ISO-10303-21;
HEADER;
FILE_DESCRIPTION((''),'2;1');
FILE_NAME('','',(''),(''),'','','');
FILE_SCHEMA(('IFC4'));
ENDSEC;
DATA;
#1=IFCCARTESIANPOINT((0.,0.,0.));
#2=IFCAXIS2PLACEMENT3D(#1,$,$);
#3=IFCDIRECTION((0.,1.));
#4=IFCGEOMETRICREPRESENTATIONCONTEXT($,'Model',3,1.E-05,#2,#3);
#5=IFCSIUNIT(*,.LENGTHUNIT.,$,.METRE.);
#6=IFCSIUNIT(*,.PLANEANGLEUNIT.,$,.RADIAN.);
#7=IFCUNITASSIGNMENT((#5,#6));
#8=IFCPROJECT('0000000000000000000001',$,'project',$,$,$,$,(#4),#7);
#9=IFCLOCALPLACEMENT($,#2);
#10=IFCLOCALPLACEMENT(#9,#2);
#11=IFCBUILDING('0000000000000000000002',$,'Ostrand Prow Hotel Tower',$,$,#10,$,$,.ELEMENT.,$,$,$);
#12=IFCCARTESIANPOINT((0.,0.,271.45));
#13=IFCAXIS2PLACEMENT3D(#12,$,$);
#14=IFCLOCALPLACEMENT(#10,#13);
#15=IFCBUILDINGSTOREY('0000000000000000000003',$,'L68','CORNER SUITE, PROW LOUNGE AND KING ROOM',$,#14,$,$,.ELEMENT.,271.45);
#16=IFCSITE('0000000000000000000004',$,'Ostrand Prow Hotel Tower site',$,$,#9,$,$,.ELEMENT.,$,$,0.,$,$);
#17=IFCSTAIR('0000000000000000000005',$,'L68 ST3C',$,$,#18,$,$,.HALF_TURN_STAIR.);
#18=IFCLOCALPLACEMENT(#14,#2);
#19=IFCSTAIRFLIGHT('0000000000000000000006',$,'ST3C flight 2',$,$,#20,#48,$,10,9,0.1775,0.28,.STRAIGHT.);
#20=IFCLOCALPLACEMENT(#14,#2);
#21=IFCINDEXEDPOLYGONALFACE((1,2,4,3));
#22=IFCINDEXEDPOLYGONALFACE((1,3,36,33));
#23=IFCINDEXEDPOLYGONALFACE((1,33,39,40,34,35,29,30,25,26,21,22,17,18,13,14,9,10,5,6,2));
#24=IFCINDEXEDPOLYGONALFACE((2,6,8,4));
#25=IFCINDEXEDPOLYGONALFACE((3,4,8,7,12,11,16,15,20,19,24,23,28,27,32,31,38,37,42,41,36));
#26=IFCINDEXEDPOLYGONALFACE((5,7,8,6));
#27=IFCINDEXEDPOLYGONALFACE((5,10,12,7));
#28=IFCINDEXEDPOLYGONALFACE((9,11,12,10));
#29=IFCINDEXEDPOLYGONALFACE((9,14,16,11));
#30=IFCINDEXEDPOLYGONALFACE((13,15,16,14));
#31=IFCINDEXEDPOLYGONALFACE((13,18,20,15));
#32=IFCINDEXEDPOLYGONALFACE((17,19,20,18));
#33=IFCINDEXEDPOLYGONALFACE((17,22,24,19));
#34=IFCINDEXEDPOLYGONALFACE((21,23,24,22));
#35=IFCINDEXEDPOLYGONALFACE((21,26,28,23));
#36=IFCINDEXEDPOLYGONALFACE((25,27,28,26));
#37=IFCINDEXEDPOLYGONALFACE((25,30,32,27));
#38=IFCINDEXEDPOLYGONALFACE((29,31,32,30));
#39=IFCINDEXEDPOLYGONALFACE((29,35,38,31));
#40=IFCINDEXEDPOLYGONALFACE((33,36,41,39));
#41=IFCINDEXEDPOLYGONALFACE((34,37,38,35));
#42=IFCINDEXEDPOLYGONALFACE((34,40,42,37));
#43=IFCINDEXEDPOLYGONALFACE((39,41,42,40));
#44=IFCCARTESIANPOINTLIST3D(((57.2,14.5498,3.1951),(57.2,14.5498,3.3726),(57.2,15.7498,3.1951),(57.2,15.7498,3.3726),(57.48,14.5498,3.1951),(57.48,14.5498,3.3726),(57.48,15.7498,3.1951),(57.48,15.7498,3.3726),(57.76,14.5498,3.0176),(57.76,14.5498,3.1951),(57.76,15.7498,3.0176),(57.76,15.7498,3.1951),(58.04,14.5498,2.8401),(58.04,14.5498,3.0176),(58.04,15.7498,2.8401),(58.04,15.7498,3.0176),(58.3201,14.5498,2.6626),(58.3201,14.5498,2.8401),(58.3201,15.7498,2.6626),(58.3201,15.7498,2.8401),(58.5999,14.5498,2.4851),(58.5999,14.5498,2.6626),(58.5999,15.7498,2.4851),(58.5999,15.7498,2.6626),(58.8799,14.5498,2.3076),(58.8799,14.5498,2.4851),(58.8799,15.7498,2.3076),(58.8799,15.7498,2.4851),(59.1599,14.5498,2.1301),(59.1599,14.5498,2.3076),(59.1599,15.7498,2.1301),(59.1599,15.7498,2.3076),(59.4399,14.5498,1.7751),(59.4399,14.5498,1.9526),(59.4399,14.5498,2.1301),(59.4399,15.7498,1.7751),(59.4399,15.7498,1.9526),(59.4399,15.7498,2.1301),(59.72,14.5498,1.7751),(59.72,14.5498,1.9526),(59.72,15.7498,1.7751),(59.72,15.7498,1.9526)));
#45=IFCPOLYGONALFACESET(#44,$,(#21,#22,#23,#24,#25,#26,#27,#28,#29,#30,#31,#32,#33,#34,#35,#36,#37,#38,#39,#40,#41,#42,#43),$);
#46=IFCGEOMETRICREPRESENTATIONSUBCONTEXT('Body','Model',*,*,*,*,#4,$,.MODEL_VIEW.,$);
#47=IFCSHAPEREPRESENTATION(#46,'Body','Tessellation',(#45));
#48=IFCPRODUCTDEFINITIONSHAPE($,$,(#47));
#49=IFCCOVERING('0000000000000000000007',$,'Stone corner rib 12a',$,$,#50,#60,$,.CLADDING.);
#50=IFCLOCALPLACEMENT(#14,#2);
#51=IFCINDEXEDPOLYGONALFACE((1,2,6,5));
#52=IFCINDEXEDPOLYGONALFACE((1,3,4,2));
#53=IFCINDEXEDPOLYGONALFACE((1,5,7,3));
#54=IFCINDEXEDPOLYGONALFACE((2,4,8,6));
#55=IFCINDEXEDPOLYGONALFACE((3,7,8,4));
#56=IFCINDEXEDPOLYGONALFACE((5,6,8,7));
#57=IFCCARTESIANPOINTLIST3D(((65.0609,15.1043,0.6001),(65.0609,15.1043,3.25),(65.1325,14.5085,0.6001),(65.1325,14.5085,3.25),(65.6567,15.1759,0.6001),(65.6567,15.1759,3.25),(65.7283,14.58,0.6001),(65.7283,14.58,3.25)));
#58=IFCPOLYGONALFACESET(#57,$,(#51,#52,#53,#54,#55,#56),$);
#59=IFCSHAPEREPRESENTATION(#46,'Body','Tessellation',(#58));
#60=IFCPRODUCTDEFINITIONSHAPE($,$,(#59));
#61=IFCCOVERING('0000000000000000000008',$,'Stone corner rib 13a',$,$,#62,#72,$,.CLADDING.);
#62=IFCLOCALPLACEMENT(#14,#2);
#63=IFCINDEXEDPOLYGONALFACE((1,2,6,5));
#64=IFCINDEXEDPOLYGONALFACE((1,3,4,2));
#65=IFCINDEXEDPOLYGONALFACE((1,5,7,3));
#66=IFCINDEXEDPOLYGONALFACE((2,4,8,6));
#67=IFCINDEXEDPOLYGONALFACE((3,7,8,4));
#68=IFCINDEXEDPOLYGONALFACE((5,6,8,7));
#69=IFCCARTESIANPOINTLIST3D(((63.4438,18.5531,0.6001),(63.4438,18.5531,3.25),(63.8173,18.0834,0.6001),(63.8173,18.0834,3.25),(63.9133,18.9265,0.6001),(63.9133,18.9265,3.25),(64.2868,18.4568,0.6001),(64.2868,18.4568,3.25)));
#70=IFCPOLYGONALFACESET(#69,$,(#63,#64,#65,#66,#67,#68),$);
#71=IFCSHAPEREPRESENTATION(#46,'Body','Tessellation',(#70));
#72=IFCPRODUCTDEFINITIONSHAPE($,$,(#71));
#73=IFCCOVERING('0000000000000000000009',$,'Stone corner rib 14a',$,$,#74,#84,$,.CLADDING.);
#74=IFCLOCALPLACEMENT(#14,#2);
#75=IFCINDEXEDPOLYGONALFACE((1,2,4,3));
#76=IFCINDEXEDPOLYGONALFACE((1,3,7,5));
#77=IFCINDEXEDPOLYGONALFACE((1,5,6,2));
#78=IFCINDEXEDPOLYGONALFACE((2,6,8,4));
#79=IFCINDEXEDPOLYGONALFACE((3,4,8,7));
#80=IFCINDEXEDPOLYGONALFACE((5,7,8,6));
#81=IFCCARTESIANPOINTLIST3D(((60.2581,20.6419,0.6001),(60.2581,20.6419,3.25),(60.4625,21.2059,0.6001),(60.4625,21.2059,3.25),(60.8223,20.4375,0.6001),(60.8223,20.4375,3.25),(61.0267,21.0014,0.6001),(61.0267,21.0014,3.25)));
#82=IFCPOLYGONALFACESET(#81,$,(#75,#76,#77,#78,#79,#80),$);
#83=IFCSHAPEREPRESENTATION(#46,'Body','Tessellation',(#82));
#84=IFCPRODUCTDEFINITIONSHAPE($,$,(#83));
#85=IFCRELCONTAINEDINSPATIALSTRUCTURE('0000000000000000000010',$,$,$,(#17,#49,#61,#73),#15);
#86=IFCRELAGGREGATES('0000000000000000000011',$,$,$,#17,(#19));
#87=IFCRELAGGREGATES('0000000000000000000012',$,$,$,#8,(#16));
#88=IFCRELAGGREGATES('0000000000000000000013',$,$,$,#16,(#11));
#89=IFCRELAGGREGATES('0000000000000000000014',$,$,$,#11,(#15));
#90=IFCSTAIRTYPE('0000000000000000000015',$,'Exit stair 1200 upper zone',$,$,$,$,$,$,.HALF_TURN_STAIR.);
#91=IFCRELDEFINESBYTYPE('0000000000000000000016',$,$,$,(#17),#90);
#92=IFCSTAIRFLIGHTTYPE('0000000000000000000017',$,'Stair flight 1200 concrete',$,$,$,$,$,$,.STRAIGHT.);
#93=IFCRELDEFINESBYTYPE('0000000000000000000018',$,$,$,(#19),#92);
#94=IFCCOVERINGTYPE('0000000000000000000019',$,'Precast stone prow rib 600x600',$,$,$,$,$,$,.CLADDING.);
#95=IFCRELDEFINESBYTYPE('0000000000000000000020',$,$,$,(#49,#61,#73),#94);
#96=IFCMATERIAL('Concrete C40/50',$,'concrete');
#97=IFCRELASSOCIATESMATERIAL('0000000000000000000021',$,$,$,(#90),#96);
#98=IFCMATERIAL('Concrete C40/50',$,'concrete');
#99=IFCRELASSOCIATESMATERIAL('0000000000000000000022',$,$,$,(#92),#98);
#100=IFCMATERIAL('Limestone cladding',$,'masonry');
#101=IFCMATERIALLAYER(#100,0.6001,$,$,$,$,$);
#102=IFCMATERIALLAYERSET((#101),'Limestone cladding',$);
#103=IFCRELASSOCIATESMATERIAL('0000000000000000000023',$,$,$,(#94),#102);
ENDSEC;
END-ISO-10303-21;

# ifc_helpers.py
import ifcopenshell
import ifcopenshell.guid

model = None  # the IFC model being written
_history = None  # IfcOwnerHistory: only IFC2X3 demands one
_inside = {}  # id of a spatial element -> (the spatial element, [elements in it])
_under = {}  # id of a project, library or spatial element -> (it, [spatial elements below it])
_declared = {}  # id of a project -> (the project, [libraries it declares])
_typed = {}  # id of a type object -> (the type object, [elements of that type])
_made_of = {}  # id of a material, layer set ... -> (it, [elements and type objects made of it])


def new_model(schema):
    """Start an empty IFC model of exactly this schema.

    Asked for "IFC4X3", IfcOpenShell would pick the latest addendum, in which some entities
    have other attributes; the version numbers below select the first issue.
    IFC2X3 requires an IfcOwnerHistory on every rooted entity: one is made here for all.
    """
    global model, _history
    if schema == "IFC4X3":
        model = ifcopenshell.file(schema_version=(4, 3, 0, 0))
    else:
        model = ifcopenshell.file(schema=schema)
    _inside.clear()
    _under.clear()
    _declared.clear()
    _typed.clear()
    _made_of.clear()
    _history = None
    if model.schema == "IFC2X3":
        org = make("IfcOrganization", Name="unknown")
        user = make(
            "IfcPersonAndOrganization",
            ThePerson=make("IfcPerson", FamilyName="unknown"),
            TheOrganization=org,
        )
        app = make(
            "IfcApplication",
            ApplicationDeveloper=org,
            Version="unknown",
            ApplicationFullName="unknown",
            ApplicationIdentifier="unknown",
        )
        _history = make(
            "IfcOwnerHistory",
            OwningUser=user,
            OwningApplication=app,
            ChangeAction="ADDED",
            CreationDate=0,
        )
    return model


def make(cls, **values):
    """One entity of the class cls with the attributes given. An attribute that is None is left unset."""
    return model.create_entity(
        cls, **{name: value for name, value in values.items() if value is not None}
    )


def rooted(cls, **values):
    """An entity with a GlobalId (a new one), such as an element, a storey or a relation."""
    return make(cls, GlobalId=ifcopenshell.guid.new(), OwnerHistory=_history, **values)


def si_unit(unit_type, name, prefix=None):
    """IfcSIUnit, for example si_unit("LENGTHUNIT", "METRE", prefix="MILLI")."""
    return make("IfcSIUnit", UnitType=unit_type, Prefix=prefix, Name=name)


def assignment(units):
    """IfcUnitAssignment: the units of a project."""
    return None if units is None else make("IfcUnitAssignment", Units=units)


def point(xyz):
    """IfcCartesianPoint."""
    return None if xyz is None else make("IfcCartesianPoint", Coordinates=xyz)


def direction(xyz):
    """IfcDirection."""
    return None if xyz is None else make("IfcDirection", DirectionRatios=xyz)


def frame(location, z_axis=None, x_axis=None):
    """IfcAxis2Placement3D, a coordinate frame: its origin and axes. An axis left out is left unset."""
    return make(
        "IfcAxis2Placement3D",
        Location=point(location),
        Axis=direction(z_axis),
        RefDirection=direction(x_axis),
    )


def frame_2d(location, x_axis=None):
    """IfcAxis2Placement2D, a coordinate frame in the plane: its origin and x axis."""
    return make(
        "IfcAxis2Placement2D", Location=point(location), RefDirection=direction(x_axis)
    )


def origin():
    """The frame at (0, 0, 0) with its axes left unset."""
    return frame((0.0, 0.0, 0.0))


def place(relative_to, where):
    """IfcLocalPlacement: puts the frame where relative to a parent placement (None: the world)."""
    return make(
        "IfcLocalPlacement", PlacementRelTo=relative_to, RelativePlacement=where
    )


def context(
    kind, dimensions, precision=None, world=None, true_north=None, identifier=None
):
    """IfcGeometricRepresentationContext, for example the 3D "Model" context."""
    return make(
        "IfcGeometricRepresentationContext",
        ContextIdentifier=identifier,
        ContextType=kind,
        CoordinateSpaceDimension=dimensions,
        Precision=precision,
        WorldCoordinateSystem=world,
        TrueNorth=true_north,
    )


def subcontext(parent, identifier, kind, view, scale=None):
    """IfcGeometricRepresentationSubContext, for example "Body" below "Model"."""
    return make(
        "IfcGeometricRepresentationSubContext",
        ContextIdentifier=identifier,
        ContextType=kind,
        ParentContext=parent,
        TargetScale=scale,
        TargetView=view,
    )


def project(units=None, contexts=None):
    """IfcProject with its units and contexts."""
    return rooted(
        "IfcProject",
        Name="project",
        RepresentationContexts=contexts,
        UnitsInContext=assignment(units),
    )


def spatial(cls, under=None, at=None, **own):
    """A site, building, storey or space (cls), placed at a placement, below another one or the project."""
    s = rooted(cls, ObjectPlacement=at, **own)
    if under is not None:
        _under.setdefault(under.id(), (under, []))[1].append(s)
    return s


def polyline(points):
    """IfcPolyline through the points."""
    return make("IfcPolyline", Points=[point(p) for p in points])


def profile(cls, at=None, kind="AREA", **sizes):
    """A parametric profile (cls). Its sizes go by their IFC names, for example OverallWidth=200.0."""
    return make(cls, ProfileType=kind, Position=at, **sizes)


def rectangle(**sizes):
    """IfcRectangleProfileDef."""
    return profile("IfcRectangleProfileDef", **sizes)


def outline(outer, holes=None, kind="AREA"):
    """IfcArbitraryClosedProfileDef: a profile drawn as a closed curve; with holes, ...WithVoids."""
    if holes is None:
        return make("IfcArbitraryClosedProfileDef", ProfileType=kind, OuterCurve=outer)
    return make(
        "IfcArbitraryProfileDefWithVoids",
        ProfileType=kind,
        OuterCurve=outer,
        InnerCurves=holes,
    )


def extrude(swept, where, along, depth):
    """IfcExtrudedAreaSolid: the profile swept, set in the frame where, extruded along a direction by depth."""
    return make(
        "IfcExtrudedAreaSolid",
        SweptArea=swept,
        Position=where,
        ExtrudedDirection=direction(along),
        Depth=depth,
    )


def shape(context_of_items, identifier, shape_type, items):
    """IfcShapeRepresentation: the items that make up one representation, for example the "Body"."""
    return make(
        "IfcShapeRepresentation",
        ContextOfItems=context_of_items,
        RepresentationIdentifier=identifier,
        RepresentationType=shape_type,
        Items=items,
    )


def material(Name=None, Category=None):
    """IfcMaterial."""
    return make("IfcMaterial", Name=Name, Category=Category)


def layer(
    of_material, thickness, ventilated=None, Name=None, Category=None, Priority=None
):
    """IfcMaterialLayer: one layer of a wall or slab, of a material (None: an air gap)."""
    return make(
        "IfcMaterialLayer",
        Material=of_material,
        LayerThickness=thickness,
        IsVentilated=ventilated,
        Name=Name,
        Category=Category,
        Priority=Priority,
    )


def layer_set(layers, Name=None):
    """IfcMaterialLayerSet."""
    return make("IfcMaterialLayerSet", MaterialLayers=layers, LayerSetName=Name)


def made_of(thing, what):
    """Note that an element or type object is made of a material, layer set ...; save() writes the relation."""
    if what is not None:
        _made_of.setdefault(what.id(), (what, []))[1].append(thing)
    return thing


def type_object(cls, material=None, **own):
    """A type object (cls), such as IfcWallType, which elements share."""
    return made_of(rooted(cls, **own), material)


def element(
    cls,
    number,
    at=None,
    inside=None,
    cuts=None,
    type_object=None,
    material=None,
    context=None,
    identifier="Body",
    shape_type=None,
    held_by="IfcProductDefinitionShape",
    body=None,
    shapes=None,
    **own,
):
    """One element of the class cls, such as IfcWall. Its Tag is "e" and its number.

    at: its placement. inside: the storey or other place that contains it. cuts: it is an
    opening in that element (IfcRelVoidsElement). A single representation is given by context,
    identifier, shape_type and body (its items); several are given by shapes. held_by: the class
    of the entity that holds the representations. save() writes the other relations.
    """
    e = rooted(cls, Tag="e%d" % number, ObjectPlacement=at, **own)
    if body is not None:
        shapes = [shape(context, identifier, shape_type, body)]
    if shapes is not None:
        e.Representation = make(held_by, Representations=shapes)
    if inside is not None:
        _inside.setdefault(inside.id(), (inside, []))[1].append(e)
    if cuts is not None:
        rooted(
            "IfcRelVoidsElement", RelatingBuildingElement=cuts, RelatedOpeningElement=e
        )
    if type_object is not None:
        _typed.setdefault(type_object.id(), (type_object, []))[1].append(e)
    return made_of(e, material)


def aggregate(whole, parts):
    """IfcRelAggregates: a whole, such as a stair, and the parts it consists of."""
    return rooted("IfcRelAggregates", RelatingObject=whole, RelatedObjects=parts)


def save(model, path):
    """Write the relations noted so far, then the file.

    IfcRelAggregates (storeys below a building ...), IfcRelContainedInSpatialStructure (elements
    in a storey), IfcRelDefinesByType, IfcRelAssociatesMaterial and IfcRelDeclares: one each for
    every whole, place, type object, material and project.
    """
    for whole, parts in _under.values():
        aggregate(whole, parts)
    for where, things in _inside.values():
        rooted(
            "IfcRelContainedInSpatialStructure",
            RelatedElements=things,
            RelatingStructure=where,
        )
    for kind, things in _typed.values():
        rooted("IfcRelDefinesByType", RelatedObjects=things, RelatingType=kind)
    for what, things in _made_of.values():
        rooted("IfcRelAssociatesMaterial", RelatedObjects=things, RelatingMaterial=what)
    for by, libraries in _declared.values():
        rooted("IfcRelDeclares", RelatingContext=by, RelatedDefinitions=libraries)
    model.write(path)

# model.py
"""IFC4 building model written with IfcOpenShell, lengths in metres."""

from ifc_helpers import new_model, si_unit, direction, frame, frame_2d, origin, place, context, subcontext, project, spatial, polyline, rectangle, outline, extrude, material, layer, layer_set, type_object, element, aggregate, save


model = new_model("IFC4")

# Units and contexts
model_context = context("Model", 3, precision=1e-05, world=origin(), true_north=direction((0.0, 1.0)))
body_context = subcontext(model_context, "Body", "Model", "MODEL_VIEW")
ifc_project = project(units=[si_unit("LENGTHUNIT", "METRE"), si_unit("PLANEANGLEUNIT", "RADIAN")], contexts=[model_context])

# Site, building, storey
site_placement = place(None, origin())
site = spatial("IfcSite", under=ifc_project, at=site_placement, Name="Ostrand Prow Hotel Tower site", CompositionType="ELEMENT", RefElevation=0.0)
building_placement = place(site_placement, origin())
building = spatial("IfcBuilding", under=site, at=building_placement, Name="Ostrand Prow Hotel Tower", CompositionType="ELEMENT")
storey_placement = place(building_placement, frame((0.0, 0.0, 271.45)))
storey = spatial("IfcBuildingStorey", under=building, at=storey_placement, Name="L68", Description="CORNER SUITE, PROW LOUNGE AND KING ROOM", CompositionType="ELEMENT", Elevation=271.45)

# Stair, stair flight
ifc_material_1 = material(Name="Concrete C40/50", Category="concrete")
stair_type = type_object("IfcStairType", Name="Exit stair 1200 upper zone", PredefinedType="HALF_TURN_STAIR", material=ifc_material_1)
ifc_material_2 = material(Name="Concrete C40/50", Category="concrete")
stair_flight_type = type_object("IfcStairFlightType", Name="Stair flight 1200 concrete", PredefinedType="STRAIGHT", material=ifc_material_2)
stair_1_placement = place(storey_placement, origin())
stair_1 = element("IfcStair", 1, at=stair_1_placement, inside=storey, type_object=stair_type, Name="L68 ST3C", PredefinedType="HALF_TURN_STAIR")
stair_flight_1_placement = place(storey_placement, frame((59.72, 15.1499, 1.7751), z_axis=(0.0, 0.0, 1.0), x_axis=(-1.0, 0.0, 0.0)))
stair_flight_1 = element("IfcStairFlight", 2, at=stair_flight_1_placement, type_object=stair_flight_type, Name="ST3C flight 2", NumberOfRisers=10, NumberOfTreads=9, PredefinedType="STRAIGHT", RiserHeight=0.1775, TreadLength=0.28, context=body_context, shape_type="SweptSolid", body=[
    extrude(outline(polyline([(0.0, 0.0), (0.0, 0.1775), (0.28, 0.1775), (0.28, 0.355), (0.5601, 0.355), (0.5601, 0.5325), (0.8401, 0.5325), (0.8401, 0.71), (1.1201, 0.71), (1.1201, 0.8875), (1.3999, 0.8875), (1.3999, 1.0649), (1.6799, 1.0649), (1.6799, 1.2424), (1.96, 1.2424), (1.96, 1.4199), (2.24, 1.4199), (2.24, 1.5974), (2.52, 1.5974), (2.52, 1.7749), (2.52, 1.4199), (0.28, 0.0), (0.0, 0.0)])), frame((0.0, 0.6001, 0.0), z_axis=(0.0, -1.0, 0.0), x_axis=(1.0, 0.0, 0.0)), (0.0, 0.0, 1.0), 1.2),
])
aggregate(stair_1, [stair_flight_1])

# Coverings
ifc_material_3 = material(Name="Limestone cladding", Category="masonry")
ifc_layer_1 = layer(ifc_material_3, 0.6001)
ifc_layer_set_1 = layer_set([ifc_layer_1], Name="Limestone cladding")
covering_type = type_object("IfcCoveringType", Name="Precast stone prow rib 600x600", PredefinedType="CLADDING", material=ifc_layer_set_1)
covering_placement = place(storey_placement, frame((65.0967, 14.8064, 0.6001), z_axis=(0.0, 0.0, 1.0), x_axis=(0.992867, 0.119225, 0.0)))
element("IfcCovering", 3, at=covering_placement, inside=storey, type_object=covering_type, Name="Stone corner rib 12a", PredefinedType="CLADDING", context=body_context, shape_type="SweptSolid", body=[
    extrude(rectangle(XDim=0.6001, YDim=0.6001, at=frame_2d((0.3, 0.0))), origin(), (0.0, 0.0, 1.0), 2.6499),
])
for number, where, z_axis, x_axis, name in (
    (4, (63.6306, 18.3184, 0.6001), (0.0, 0.0, 1.0), (0.782732, 0.622359, 0.0), "Stone corner rib 13a"),
    (5, (60.5403, 20.5398, 0.6001), (0.0, 0.0, 1.0), (0.340664, 0.940185, 0.0), "Stone corner rib 14a"),
):
    element("IfcCovering", number, at=place(storey_placement, frame(where, z_axis=z_axis, x_axis=x_axis)), inside=storey, type_object=covering_type, Name=name, PredefinedType="CLADDING", context=body_context, shape_type="SweptSolid", body=[
        extrude(rectangle(XDim=0.5999, YDim=0.6001, at=frame_2d((0.2998, 0.0))), origin(), (0.0, 0.0, 1.0), 2.6499),
    ])

save(model, "model.ifc")
